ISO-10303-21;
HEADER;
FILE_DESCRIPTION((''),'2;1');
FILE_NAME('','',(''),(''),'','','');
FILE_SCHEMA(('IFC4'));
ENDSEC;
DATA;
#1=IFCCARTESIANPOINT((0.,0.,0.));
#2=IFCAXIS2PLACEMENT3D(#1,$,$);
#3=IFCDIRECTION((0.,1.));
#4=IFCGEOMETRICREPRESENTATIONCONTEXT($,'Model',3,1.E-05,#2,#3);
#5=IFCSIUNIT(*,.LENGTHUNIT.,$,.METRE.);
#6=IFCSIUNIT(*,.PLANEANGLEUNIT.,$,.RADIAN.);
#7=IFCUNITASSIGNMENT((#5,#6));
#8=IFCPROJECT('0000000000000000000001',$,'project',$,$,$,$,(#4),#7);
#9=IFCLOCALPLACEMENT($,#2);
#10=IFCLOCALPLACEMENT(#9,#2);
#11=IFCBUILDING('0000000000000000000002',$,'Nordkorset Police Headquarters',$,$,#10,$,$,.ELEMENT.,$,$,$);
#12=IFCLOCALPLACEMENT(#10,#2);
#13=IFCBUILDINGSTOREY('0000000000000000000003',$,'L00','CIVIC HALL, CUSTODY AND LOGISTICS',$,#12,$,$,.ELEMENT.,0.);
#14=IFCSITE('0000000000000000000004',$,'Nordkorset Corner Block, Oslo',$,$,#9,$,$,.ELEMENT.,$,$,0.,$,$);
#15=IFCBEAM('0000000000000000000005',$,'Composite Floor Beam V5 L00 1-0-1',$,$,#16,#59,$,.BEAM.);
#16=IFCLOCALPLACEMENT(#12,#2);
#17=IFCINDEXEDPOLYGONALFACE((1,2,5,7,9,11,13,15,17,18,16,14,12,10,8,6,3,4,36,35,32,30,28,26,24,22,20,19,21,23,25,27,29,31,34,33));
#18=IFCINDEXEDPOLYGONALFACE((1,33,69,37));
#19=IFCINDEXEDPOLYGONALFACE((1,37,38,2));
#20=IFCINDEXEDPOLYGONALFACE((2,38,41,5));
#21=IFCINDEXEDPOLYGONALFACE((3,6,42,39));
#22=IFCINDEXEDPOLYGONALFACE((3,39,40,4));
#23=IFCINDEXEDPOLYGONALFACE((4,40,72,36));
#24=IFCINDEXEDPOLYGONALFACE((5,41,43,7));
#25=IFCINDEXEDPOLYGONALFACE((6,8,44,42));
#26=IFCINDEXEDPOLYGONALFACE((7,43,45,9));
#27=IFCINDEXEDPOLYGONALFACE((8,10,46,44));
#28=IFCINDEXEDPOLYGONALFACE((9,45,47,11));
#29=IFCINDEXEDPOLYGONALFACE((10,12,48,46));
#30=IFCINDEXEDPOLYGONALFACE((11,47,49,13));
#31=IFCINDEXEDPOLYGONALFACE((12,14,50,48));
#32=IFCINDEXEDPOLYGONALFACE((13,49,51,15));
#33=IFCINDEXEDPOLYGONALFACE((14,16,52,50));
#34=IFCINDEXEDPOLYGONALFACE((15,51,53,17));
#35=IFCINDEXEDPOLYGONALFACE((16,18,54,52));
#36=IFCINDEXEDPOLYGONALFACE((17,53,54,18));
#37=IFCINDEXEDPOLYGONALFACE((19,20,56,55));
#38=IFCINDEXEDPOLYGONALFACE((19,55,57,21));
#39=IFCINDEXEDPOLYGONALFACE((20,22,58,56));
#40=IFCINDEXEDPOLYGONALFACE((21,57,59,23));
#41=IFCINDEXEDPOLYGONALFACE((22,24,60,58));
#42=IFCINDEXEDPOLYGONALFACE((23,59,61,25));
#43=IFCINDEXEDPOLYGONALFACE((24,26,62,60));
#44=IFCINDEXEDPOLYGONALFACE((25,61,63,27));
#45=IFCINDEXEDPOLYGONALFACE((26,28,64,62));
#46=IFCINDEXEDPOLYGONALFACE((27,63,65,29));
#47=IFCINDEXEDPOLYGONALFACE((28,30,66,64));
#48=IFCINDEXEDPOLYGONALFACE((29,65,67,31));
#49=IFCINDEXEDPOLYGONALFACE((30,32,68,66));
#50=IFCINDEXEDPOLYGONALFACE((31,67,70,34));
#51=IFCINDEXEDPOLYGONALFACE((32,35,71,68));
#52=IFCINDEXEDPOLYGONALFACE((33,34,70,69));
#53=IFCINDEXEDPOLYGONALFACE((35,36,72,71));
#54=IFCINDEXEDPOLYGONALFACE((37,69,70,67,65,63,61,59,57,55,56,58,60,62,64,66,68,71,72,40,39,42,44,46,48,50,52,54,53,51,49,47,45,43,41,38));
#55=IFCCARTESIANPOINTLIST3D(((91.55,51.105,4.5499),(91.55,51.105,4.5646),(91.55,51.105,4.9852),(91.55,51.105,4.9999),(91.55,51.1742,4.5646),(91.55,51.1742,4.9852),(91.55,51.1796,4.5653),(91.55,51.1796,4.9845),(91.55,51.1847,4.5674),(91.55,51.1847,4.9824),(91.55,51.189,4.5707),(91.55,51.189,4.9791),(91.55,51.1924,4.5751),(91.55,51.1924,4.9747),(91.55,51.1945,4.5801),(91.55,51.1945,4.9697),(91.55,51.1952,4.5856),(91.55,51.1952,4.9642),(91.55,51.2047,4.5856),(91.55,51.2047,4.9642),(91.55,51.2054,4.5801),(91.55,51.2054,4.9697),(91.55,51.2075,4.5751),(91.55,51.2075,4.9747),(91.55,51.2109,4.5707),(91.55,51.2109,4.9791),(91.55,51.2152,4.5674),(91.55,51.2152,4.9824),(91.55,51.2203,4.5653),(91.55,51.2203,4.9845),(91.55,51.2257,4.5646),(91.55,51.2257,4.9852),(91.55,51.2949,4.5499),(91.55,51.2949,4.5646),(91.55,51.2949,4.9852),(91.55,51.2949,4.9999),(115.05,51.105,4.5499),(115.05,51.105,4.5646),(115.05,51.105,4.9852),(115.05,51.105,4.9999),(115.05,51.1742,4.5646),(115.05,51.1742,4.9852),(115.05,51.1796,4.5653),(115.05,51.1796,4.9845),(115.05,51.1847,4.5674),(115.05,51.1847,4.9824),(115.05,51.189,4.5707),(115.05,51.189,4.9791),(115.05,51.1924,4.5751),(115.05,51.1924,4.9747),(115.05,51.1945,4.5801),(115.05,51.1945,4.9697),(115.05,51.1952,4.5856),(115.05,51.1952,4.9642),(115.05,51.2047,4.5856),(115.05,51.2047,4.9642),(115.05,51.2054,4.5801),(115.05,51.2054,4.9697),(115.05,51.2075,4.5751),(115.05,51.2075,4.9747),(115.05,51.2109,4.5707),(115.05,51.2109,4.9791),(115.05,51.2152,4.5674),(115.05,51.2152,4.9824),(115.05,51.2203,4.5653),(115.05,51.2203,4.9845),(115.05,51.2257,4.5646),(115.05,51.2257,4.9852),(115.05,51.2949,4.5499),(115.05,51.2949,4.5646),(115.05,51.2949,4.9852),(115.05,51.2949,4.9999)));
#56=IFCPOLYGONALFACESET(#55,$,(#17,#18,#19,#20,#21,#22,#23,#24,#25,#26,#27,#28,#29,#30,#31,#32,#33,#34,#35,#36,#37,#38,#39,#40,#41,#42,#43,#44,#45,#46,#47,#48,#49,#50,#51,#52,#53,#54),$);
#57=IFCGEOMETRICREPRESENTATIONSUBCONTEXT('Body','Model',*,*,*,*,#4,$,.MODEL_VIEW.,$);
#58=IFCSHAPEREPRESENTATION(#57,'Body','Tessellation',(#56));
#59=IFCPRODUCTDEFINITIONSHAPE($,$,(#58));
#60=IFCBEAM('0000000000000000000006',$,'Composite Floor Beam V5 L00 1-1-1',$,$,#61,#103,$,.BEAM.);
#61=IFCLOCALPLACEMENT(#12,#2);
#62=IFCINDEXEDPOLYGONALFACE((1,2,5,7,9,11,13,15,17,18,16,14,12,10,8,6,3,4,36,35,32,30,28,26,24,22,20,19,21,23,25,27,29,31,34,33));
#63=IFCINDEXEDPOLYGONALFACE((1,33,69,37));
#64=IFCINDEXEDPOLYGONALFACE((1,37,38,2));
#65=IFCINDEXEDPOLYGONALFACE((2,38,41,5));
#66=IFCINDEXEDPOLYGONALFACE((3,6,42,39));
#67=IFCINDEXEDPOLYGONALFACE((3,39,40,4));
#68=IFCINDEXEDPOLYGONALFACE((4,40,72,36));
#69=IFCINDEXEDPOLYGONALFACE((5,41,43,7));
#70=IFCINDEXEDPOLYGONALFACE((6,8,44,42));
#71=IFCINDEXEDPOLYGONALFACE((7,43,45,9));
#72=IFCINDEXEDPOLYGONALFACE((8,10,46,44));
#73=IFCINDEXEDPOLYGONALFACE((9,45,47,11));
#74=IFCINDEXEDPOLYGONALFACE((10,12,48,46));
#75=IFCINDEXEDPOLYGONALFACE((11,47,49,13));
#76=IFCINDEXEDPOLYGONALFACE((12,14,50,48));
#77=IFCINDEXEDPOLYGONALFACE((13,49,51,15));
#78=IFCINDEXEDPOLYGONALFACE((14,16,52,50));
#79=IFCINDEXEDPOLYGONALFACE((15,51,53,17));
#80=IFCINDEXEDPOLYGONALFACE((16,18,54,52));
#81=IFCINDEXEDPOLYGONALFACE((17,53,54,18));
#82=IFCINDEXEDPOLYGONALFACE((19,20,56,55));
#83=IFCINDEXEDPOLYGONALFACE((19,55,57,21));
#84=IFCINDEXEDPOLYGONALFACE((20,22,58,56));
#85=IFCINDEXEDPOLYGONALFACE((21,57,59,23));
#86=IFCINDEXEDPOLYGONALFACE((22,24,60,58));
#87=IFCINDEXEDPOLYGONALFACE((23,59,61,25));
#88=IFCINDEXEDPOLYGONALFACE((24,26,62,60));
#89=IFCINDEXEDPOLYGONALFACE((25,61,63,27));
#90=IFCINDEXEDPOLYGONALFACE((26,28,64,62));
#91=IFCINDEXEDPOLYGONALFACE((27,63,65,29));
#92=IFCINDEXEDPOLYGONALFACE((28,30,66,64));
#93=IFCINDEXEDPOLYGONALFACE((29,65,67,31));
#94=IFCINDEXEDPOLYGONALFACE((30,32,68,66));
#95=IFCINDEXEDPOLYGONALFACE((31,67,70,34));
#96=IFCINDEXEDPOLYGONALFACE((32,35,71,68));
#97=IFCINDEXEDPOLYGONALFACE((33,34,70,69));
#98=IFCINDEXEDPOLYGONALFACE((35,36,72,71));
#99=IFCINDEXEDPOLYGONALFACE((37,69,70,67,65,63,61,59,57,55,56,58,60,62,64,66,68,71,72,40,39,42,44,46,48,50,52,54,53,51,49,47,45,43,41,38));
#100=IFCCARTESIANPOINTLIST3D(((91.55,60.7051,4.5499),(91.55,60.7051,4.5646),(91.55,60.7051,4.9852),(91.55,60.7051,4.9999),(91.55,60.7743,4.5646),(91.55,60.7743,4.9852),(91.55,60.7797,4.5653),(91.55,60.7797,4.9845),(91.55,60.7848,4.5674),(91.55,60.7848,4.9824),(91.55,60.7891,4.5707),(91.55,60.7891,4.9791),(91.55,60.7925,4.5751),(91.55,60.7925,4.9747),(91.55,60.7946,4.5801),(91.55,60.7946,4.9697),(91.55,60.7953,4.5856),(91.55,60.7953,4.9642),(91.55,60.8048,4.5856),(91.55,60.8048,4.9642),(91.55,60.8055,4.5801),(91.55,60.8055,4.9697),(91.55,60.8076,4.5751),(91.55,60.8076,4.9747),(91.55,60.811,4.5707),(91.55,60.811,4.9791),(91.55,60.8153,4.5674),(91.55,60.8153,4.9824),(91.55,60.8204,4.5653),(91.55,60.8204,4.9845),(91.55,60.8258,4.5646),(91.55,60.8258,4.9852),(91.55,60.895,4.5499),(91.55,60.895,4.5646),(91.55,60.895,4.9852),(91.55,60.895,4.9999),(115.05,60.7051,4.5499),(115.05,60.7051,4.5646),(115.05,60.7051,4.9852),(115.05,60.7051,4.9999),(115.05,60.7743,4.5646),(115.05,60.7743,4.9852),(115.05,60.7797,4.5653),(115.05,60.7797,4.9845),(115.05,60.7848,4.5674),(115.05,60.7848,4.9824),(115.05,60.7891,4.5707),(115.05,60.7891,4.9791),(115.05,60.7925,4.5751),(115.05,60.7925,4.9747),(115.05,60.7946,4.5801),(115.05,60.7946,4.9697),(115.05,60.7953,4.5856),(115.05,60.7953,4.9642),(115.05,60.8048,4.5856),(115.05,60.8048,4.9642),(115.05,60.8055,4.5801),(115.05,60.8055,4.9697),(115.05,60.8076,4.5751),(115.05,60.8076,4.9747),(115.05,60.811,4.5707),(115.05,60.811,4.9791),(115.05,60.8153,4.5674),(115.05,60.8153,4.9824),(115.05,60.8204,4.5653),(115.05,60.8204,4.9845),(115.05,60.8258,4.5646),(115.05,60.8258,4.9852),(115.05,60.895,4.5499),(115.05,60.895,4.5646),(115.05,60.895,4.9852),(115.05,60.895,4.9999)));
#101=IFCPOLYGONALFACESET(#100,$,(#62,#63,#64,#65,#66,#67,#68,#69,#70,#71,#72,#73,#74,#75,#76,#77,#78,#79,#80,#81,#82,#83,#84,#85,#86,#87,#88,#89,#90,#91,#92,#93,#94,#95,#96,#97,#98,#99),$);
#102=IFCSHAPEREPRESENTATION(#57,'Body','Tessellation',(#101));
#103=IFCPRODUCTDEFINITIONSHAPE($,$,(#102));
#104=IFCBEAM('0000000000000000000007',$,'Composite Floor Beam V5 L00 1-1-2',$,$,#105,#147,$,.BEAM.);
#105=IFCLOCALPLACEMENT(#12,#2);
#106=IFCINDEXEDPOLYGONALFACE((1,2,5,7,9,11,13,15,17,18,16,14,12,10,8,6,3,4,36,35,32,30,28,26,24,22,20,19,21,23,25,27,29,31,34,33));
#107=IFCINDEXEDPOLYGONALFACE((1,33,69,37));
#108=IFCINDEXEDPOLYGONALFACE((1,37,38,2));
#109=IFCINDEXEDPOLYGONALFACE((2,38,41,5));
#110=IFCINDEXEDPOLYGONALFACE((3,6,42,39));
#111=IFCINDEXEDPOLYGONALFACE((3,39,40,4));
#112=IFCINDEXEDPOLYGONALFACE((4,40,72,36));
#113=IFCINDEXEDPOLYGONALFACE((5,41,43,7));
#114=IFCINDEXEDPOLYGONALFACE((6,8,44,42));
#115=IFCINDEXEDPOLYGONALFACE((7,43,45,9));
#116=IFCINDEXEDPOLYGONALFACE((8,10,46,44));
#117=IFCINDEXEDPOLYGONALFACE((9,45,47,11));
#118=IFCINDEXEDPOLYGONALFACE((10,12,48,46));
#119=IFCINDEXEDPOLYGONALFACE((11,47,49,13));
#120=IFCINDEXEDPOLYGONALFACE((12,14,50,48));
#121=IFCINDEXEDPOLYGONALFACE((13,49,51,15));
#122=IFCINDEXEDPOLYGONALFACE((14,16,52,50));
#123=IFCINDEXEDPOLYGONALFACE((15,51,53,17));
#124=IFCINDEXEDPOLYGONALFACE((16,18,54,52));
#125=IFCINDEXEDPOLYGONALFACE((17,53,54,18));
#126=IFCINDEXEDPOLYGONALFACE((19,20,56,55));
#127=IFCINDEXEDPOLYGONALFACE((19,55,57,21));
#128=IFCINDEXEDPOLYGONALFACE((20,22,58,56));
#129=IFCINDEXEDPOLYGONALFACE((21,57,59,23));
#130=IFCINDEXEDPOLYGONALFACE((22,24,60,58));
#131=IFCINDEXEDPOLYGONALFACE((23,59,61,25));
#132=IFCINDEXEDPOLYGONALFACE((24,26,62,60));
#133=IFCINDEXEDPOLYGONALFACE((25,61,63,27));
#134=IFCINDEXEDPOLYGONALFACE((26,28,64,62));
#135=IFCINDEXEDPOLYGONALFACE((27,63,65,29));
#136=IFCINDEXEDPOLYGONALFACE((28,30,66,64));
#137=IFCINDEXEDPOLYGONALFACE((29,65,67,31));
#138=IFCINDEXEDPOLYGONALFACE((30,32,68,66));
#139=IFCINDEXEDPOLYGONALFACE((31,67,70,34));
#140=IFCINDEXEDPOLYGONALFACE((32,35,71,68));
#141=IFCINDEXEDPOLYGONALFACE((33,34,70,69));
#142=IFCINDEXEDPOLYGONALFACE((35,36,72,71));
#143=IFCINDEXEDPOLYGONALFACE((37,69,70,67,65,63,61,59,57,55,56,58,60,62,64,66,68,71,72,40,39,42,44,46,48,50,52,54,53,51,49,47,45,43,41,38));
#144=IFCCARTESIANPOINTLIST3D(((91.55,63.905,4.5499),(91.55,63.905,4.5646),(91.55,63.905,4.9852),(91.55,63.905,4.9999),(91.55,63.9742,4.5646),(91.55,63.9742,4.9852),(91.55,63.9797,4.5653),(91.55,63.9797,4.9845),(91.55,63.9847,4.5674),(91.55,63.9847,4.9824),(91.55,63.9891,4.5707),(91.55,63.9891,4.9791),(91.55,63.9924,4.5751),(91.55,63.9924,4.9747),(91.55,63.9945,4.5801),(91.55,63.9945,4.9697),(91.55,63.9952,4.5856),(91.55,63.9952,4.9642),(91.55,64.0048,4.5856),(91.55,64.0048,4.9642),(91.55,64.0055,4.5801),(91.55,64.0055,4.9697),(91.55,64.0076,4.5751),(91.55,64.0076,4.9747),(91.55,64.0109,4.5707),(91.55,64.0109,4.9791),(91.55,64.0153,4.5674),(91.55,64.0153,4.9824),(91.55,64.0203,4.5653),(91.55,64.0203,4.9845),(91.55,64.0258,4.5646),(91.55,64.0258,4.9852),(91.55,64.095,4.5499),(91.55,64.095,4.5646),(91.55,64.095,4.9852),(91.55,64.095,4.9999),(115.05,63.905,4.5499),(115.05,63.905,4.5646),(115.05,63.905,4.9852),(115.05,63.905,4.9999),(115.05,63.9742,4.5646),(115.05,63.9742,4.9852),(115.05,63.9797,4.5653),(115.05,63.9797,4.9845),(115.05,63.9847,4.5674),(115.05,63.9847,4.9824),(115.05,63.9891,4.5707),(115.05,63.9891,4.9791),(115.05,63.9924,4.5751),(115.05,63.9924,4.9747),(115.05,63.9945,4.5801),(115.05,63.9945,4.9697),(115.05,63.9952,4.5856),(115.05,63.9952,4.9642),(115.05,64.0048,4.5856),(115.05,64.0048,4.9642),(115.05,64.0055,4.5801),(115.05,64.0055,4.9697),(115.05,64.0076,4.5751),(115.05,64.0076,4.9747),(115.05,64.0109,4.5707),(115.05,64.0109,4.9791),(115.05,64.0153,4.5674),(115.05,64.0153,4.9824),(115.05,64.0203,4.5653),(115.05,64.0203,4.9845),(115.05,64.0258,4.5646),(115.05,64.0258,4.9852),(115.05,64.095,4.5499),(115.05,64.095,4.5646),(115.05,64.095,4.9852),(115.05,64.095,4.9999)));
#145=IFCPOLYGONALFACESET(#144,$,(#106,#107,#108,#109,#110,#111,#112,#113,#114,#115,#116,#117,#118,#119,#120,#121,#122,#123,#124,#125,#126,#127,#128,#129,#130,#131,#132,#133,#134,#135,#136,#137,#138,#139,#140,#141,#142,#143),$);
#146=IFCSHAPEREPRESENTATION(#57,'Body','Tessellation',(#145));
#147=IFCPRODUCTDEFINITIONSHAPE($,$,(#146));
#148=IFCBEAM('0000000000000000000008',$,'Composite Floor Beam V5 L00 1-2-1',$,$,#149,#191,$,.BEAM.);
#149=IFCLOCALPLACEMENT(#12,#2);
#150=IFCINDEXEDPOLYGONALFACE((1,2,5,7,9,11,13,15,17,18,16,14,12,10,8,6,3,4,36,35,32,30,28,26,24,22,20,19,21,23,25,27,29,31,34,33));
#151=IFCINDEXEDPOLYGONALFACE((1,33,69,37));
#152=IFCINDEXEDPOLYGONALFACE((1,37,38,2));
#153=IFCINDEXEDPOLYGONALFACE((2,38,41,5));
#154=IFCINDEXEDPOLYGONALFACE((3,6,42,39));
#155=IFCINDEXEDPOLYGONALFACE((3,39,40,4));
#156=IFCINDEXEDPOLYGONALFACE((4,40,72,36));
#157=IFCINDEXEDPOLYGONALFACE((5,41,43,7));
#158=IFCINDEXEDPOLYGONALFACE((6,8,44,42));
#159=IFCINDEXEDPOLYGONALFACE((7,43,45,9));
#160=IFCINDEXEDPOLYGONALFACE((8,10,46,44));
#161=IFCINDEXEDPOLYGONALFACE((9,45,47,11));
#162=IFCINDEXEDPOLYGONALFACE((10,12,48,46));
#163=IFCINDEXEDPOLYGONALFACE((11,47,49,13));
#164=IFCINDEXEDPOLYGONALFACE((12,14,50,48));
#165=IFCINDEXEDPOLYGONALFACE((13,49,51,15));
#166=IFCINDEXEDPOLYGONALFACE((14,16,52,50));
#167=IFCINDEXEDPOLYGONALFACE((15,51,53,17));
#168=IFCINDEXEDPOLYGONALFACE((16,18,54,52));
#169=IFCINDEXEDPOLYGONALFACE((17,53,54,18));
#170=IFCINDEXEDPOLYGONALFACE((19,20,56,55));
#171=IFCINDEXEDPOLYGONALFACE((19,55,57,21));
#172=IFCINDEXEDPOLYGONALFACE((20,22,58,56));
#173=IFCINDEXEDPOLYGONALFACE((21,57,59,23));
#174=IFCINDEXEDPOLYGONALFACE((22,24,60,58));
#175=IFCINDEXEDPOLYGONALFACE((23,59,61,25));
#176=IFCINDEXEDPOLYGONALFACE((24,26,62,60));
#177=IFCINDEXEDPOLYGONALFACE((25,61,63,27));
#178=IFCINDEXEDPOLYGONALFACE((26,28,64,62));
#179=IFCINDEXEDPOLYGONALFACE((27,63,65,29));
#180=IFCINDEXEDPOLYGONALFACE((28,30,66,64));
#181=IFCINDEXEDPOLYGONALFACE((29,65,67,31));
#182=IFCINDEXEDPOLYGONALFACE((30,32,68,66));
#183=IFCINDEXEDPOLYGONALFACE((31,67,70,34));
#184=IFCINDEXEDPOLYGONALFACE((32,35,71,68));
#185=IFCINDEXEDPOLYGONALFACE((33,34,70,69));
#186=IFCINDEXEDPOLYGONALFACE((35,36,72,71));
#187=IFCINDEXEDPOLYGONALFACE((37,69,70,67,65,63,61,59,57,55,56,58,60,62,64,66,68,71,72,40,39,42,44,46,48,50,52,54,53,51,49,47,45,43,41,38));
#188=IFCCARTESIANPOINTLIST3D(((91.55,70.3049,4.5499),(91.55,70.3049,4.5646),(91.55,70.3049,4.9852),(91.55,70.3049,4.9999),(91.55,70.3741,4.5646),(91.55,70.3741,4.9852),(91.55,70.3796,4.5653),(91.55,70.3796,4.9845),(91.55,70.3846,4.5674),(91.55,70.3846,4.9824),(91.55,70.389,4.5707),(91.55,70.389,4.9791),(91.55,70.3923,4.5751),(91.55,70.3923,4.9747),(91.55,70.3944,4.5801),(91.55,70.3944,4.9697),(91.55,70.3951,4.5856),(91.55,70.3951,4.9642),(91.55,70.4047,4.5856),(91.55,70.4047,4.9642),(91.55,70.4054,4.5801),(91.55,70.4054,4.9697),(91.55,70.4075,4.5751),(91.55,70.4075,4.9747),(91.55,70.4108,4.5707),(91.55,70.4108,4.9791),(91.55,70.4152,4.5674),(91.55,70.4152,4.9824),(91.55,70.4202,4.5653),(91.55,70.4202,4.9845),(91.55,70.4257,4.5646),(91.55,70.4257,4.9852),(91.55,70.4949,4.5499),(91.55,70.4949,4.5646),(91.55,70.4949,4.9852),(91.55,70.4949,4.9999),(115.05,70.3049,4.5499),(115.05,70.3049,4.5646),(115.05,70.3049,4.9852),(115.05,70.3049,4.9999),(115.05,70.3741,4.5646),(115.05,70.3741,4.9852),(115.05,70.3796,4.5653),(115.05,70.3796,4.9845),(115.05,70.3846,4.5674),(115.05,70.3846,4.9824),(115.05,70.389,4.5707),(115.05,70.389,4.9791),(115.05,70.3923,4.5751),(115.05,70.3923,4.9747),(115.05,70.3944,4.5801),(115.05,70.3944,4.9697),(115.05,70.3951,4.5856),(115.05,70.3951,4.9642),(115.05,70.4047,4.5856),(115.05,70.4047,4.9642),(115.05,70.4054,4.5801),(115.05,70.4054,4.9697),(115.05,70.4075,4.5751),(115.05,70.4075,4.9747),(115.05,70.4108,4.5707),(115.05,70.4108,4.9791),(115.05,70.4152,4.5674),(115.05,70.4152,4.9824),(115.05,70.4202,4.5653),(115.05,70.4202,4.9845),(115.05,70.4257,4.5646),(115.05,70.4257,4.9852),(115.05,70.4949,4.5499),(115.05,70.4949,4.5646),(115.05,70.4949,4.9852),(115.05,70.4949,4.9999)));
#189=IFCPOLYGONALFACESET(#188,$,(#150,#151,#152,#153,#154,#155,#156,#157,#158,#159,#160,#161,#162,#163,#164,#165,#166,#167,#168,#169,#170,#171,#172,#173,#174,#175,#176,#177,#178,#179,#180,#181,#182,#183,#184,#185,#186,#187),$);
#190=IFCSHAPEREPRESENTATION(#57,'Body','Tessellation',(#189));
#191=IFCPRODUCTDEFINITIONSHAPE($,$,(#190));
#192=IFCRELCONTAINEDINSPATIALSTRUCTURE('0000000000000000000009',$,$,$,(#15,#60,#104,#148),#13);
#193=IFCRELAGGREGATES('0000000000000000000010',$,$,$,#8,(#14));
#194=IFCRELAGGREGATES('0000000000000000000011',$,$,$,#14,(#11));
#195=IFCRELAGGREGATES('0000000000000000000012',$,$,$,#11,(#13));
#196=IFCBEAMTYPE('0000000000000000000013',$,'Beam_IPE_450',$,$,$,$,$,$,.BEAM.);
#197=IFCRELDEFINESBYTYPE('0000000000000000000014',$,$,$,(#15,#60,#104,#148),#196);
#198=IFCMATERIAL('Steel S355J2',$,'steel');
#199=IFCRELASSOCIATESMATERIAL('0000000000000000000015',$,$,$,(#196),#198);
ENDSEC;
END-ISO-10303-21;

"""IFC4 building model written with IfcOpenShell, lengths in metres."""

from ifc_helpers import new_model, si_unit, direction, frame, origin, origin_2d, place, context, subcontext, project, spatial, i_section, extrude, material, material_profile, profile_set, type_object, element, save


model = new_model("IFC4")

# Units and contexts
model_context = context("Model", 3, precision=1e-05, world=origin(), true_north=direction((0.0, 1.0)))
body_context = subcontext(model_context, "Body", "Model", "MODEL_VIEW")
ifc_project = project(units=[si_unit("LENGTHUNIT", "METRE"), si_unit("PLANEANGLEUNIT", "RADIAN")], contexts=[model_context])

# Site, building, storey
site_placement = place(None, origin())
site = spatial("IfcSite", under=ifc_project, at=site_placement, Name="Nordkorset Corner Block, Oslo", CompositionType="ELEMENT", RefElevation=0.0)
building_placement = place(site_placement, origin())
building = spatial("IfcBuilding", under=site, at=building_placement, Name="Nordkorset Police Headquarters", CompositionType="ELEMENT")
storey_placement = place(building_placement, origin())
storey = spatial("IfcBuildingStorey", under=building, at=storey_placement, Name="L00", Description="CIVIC HALL, CUSTODY AND LOGISTICS", CompositionType="ELEMENT", Elevation=0.0)

# Beams
ifc_material_1 = material(Name="Steel S355J2", Category="steel")
ifc_material_profile_1 = material_profile(ifc_material_1, i_section(OverallWidth=0.1899, OverallDepth=0.45, WebThickness=0.0095, FlangeThickness=0.0146, FilletRadius=0.021, at=origin_2d()), Name="IPE 450")
ifc_profile_set_1 = profile_set([ifc_material_profile_1], Name="Steel S355J2")
beam_type_1 = type_object("IfcBeamType", Name="Beam_IPE_450", PredefinedType="BEAM", material=ifc_profile_set_1)
for number, where, z_axis, x_axis, name in (
    (1, (91.55, 51.2, 4.7749), (1.0, 0.0, 0.0), (0.0, 1.0, 0.0), "Composite Floor Beam V5 L00 1-0-1"),
    (2, (91.55, 60.8, 4.7749), (1.0, 0.0, 0.0), (0.0, 1.0, 0.0), "Composite Floor Beam V5 L00 1-1-1"),
    (3, (91.55, 64.0, 4.7749), (1.0, 0.0, 0.0), (0.0, 1.0, 0.0), "Composite Floor Beam V5 L00 1-1-2"),
    (4, (91.55, 70.3999, 4.7749), (1.0, 0.0, 0.0), (0.0, 1.0, 0.0), "Composite Floor Beam V5 L00 1-2-1"),
):
    element("IfcBeam", number, at=place(storey_placement, frame(where, z_axis=z_axis, x_axis=x_axis)), inside=storey, type_object=beam_type_1, Name=name, PredefinedType="BEAM", context=body_context, shape_type="SweptSolid", body=[
        extrude(i_section(OverallWidth=0.1899, OverallDepth=0.45, WebThickness=0.0095, FlangeThickness=0.0146, FilletRadius=0.021, at=origin_2d()), origin(), (0.0, 0.0, 1.0), 23.5),
    ])

save(model, "model.ifc")
